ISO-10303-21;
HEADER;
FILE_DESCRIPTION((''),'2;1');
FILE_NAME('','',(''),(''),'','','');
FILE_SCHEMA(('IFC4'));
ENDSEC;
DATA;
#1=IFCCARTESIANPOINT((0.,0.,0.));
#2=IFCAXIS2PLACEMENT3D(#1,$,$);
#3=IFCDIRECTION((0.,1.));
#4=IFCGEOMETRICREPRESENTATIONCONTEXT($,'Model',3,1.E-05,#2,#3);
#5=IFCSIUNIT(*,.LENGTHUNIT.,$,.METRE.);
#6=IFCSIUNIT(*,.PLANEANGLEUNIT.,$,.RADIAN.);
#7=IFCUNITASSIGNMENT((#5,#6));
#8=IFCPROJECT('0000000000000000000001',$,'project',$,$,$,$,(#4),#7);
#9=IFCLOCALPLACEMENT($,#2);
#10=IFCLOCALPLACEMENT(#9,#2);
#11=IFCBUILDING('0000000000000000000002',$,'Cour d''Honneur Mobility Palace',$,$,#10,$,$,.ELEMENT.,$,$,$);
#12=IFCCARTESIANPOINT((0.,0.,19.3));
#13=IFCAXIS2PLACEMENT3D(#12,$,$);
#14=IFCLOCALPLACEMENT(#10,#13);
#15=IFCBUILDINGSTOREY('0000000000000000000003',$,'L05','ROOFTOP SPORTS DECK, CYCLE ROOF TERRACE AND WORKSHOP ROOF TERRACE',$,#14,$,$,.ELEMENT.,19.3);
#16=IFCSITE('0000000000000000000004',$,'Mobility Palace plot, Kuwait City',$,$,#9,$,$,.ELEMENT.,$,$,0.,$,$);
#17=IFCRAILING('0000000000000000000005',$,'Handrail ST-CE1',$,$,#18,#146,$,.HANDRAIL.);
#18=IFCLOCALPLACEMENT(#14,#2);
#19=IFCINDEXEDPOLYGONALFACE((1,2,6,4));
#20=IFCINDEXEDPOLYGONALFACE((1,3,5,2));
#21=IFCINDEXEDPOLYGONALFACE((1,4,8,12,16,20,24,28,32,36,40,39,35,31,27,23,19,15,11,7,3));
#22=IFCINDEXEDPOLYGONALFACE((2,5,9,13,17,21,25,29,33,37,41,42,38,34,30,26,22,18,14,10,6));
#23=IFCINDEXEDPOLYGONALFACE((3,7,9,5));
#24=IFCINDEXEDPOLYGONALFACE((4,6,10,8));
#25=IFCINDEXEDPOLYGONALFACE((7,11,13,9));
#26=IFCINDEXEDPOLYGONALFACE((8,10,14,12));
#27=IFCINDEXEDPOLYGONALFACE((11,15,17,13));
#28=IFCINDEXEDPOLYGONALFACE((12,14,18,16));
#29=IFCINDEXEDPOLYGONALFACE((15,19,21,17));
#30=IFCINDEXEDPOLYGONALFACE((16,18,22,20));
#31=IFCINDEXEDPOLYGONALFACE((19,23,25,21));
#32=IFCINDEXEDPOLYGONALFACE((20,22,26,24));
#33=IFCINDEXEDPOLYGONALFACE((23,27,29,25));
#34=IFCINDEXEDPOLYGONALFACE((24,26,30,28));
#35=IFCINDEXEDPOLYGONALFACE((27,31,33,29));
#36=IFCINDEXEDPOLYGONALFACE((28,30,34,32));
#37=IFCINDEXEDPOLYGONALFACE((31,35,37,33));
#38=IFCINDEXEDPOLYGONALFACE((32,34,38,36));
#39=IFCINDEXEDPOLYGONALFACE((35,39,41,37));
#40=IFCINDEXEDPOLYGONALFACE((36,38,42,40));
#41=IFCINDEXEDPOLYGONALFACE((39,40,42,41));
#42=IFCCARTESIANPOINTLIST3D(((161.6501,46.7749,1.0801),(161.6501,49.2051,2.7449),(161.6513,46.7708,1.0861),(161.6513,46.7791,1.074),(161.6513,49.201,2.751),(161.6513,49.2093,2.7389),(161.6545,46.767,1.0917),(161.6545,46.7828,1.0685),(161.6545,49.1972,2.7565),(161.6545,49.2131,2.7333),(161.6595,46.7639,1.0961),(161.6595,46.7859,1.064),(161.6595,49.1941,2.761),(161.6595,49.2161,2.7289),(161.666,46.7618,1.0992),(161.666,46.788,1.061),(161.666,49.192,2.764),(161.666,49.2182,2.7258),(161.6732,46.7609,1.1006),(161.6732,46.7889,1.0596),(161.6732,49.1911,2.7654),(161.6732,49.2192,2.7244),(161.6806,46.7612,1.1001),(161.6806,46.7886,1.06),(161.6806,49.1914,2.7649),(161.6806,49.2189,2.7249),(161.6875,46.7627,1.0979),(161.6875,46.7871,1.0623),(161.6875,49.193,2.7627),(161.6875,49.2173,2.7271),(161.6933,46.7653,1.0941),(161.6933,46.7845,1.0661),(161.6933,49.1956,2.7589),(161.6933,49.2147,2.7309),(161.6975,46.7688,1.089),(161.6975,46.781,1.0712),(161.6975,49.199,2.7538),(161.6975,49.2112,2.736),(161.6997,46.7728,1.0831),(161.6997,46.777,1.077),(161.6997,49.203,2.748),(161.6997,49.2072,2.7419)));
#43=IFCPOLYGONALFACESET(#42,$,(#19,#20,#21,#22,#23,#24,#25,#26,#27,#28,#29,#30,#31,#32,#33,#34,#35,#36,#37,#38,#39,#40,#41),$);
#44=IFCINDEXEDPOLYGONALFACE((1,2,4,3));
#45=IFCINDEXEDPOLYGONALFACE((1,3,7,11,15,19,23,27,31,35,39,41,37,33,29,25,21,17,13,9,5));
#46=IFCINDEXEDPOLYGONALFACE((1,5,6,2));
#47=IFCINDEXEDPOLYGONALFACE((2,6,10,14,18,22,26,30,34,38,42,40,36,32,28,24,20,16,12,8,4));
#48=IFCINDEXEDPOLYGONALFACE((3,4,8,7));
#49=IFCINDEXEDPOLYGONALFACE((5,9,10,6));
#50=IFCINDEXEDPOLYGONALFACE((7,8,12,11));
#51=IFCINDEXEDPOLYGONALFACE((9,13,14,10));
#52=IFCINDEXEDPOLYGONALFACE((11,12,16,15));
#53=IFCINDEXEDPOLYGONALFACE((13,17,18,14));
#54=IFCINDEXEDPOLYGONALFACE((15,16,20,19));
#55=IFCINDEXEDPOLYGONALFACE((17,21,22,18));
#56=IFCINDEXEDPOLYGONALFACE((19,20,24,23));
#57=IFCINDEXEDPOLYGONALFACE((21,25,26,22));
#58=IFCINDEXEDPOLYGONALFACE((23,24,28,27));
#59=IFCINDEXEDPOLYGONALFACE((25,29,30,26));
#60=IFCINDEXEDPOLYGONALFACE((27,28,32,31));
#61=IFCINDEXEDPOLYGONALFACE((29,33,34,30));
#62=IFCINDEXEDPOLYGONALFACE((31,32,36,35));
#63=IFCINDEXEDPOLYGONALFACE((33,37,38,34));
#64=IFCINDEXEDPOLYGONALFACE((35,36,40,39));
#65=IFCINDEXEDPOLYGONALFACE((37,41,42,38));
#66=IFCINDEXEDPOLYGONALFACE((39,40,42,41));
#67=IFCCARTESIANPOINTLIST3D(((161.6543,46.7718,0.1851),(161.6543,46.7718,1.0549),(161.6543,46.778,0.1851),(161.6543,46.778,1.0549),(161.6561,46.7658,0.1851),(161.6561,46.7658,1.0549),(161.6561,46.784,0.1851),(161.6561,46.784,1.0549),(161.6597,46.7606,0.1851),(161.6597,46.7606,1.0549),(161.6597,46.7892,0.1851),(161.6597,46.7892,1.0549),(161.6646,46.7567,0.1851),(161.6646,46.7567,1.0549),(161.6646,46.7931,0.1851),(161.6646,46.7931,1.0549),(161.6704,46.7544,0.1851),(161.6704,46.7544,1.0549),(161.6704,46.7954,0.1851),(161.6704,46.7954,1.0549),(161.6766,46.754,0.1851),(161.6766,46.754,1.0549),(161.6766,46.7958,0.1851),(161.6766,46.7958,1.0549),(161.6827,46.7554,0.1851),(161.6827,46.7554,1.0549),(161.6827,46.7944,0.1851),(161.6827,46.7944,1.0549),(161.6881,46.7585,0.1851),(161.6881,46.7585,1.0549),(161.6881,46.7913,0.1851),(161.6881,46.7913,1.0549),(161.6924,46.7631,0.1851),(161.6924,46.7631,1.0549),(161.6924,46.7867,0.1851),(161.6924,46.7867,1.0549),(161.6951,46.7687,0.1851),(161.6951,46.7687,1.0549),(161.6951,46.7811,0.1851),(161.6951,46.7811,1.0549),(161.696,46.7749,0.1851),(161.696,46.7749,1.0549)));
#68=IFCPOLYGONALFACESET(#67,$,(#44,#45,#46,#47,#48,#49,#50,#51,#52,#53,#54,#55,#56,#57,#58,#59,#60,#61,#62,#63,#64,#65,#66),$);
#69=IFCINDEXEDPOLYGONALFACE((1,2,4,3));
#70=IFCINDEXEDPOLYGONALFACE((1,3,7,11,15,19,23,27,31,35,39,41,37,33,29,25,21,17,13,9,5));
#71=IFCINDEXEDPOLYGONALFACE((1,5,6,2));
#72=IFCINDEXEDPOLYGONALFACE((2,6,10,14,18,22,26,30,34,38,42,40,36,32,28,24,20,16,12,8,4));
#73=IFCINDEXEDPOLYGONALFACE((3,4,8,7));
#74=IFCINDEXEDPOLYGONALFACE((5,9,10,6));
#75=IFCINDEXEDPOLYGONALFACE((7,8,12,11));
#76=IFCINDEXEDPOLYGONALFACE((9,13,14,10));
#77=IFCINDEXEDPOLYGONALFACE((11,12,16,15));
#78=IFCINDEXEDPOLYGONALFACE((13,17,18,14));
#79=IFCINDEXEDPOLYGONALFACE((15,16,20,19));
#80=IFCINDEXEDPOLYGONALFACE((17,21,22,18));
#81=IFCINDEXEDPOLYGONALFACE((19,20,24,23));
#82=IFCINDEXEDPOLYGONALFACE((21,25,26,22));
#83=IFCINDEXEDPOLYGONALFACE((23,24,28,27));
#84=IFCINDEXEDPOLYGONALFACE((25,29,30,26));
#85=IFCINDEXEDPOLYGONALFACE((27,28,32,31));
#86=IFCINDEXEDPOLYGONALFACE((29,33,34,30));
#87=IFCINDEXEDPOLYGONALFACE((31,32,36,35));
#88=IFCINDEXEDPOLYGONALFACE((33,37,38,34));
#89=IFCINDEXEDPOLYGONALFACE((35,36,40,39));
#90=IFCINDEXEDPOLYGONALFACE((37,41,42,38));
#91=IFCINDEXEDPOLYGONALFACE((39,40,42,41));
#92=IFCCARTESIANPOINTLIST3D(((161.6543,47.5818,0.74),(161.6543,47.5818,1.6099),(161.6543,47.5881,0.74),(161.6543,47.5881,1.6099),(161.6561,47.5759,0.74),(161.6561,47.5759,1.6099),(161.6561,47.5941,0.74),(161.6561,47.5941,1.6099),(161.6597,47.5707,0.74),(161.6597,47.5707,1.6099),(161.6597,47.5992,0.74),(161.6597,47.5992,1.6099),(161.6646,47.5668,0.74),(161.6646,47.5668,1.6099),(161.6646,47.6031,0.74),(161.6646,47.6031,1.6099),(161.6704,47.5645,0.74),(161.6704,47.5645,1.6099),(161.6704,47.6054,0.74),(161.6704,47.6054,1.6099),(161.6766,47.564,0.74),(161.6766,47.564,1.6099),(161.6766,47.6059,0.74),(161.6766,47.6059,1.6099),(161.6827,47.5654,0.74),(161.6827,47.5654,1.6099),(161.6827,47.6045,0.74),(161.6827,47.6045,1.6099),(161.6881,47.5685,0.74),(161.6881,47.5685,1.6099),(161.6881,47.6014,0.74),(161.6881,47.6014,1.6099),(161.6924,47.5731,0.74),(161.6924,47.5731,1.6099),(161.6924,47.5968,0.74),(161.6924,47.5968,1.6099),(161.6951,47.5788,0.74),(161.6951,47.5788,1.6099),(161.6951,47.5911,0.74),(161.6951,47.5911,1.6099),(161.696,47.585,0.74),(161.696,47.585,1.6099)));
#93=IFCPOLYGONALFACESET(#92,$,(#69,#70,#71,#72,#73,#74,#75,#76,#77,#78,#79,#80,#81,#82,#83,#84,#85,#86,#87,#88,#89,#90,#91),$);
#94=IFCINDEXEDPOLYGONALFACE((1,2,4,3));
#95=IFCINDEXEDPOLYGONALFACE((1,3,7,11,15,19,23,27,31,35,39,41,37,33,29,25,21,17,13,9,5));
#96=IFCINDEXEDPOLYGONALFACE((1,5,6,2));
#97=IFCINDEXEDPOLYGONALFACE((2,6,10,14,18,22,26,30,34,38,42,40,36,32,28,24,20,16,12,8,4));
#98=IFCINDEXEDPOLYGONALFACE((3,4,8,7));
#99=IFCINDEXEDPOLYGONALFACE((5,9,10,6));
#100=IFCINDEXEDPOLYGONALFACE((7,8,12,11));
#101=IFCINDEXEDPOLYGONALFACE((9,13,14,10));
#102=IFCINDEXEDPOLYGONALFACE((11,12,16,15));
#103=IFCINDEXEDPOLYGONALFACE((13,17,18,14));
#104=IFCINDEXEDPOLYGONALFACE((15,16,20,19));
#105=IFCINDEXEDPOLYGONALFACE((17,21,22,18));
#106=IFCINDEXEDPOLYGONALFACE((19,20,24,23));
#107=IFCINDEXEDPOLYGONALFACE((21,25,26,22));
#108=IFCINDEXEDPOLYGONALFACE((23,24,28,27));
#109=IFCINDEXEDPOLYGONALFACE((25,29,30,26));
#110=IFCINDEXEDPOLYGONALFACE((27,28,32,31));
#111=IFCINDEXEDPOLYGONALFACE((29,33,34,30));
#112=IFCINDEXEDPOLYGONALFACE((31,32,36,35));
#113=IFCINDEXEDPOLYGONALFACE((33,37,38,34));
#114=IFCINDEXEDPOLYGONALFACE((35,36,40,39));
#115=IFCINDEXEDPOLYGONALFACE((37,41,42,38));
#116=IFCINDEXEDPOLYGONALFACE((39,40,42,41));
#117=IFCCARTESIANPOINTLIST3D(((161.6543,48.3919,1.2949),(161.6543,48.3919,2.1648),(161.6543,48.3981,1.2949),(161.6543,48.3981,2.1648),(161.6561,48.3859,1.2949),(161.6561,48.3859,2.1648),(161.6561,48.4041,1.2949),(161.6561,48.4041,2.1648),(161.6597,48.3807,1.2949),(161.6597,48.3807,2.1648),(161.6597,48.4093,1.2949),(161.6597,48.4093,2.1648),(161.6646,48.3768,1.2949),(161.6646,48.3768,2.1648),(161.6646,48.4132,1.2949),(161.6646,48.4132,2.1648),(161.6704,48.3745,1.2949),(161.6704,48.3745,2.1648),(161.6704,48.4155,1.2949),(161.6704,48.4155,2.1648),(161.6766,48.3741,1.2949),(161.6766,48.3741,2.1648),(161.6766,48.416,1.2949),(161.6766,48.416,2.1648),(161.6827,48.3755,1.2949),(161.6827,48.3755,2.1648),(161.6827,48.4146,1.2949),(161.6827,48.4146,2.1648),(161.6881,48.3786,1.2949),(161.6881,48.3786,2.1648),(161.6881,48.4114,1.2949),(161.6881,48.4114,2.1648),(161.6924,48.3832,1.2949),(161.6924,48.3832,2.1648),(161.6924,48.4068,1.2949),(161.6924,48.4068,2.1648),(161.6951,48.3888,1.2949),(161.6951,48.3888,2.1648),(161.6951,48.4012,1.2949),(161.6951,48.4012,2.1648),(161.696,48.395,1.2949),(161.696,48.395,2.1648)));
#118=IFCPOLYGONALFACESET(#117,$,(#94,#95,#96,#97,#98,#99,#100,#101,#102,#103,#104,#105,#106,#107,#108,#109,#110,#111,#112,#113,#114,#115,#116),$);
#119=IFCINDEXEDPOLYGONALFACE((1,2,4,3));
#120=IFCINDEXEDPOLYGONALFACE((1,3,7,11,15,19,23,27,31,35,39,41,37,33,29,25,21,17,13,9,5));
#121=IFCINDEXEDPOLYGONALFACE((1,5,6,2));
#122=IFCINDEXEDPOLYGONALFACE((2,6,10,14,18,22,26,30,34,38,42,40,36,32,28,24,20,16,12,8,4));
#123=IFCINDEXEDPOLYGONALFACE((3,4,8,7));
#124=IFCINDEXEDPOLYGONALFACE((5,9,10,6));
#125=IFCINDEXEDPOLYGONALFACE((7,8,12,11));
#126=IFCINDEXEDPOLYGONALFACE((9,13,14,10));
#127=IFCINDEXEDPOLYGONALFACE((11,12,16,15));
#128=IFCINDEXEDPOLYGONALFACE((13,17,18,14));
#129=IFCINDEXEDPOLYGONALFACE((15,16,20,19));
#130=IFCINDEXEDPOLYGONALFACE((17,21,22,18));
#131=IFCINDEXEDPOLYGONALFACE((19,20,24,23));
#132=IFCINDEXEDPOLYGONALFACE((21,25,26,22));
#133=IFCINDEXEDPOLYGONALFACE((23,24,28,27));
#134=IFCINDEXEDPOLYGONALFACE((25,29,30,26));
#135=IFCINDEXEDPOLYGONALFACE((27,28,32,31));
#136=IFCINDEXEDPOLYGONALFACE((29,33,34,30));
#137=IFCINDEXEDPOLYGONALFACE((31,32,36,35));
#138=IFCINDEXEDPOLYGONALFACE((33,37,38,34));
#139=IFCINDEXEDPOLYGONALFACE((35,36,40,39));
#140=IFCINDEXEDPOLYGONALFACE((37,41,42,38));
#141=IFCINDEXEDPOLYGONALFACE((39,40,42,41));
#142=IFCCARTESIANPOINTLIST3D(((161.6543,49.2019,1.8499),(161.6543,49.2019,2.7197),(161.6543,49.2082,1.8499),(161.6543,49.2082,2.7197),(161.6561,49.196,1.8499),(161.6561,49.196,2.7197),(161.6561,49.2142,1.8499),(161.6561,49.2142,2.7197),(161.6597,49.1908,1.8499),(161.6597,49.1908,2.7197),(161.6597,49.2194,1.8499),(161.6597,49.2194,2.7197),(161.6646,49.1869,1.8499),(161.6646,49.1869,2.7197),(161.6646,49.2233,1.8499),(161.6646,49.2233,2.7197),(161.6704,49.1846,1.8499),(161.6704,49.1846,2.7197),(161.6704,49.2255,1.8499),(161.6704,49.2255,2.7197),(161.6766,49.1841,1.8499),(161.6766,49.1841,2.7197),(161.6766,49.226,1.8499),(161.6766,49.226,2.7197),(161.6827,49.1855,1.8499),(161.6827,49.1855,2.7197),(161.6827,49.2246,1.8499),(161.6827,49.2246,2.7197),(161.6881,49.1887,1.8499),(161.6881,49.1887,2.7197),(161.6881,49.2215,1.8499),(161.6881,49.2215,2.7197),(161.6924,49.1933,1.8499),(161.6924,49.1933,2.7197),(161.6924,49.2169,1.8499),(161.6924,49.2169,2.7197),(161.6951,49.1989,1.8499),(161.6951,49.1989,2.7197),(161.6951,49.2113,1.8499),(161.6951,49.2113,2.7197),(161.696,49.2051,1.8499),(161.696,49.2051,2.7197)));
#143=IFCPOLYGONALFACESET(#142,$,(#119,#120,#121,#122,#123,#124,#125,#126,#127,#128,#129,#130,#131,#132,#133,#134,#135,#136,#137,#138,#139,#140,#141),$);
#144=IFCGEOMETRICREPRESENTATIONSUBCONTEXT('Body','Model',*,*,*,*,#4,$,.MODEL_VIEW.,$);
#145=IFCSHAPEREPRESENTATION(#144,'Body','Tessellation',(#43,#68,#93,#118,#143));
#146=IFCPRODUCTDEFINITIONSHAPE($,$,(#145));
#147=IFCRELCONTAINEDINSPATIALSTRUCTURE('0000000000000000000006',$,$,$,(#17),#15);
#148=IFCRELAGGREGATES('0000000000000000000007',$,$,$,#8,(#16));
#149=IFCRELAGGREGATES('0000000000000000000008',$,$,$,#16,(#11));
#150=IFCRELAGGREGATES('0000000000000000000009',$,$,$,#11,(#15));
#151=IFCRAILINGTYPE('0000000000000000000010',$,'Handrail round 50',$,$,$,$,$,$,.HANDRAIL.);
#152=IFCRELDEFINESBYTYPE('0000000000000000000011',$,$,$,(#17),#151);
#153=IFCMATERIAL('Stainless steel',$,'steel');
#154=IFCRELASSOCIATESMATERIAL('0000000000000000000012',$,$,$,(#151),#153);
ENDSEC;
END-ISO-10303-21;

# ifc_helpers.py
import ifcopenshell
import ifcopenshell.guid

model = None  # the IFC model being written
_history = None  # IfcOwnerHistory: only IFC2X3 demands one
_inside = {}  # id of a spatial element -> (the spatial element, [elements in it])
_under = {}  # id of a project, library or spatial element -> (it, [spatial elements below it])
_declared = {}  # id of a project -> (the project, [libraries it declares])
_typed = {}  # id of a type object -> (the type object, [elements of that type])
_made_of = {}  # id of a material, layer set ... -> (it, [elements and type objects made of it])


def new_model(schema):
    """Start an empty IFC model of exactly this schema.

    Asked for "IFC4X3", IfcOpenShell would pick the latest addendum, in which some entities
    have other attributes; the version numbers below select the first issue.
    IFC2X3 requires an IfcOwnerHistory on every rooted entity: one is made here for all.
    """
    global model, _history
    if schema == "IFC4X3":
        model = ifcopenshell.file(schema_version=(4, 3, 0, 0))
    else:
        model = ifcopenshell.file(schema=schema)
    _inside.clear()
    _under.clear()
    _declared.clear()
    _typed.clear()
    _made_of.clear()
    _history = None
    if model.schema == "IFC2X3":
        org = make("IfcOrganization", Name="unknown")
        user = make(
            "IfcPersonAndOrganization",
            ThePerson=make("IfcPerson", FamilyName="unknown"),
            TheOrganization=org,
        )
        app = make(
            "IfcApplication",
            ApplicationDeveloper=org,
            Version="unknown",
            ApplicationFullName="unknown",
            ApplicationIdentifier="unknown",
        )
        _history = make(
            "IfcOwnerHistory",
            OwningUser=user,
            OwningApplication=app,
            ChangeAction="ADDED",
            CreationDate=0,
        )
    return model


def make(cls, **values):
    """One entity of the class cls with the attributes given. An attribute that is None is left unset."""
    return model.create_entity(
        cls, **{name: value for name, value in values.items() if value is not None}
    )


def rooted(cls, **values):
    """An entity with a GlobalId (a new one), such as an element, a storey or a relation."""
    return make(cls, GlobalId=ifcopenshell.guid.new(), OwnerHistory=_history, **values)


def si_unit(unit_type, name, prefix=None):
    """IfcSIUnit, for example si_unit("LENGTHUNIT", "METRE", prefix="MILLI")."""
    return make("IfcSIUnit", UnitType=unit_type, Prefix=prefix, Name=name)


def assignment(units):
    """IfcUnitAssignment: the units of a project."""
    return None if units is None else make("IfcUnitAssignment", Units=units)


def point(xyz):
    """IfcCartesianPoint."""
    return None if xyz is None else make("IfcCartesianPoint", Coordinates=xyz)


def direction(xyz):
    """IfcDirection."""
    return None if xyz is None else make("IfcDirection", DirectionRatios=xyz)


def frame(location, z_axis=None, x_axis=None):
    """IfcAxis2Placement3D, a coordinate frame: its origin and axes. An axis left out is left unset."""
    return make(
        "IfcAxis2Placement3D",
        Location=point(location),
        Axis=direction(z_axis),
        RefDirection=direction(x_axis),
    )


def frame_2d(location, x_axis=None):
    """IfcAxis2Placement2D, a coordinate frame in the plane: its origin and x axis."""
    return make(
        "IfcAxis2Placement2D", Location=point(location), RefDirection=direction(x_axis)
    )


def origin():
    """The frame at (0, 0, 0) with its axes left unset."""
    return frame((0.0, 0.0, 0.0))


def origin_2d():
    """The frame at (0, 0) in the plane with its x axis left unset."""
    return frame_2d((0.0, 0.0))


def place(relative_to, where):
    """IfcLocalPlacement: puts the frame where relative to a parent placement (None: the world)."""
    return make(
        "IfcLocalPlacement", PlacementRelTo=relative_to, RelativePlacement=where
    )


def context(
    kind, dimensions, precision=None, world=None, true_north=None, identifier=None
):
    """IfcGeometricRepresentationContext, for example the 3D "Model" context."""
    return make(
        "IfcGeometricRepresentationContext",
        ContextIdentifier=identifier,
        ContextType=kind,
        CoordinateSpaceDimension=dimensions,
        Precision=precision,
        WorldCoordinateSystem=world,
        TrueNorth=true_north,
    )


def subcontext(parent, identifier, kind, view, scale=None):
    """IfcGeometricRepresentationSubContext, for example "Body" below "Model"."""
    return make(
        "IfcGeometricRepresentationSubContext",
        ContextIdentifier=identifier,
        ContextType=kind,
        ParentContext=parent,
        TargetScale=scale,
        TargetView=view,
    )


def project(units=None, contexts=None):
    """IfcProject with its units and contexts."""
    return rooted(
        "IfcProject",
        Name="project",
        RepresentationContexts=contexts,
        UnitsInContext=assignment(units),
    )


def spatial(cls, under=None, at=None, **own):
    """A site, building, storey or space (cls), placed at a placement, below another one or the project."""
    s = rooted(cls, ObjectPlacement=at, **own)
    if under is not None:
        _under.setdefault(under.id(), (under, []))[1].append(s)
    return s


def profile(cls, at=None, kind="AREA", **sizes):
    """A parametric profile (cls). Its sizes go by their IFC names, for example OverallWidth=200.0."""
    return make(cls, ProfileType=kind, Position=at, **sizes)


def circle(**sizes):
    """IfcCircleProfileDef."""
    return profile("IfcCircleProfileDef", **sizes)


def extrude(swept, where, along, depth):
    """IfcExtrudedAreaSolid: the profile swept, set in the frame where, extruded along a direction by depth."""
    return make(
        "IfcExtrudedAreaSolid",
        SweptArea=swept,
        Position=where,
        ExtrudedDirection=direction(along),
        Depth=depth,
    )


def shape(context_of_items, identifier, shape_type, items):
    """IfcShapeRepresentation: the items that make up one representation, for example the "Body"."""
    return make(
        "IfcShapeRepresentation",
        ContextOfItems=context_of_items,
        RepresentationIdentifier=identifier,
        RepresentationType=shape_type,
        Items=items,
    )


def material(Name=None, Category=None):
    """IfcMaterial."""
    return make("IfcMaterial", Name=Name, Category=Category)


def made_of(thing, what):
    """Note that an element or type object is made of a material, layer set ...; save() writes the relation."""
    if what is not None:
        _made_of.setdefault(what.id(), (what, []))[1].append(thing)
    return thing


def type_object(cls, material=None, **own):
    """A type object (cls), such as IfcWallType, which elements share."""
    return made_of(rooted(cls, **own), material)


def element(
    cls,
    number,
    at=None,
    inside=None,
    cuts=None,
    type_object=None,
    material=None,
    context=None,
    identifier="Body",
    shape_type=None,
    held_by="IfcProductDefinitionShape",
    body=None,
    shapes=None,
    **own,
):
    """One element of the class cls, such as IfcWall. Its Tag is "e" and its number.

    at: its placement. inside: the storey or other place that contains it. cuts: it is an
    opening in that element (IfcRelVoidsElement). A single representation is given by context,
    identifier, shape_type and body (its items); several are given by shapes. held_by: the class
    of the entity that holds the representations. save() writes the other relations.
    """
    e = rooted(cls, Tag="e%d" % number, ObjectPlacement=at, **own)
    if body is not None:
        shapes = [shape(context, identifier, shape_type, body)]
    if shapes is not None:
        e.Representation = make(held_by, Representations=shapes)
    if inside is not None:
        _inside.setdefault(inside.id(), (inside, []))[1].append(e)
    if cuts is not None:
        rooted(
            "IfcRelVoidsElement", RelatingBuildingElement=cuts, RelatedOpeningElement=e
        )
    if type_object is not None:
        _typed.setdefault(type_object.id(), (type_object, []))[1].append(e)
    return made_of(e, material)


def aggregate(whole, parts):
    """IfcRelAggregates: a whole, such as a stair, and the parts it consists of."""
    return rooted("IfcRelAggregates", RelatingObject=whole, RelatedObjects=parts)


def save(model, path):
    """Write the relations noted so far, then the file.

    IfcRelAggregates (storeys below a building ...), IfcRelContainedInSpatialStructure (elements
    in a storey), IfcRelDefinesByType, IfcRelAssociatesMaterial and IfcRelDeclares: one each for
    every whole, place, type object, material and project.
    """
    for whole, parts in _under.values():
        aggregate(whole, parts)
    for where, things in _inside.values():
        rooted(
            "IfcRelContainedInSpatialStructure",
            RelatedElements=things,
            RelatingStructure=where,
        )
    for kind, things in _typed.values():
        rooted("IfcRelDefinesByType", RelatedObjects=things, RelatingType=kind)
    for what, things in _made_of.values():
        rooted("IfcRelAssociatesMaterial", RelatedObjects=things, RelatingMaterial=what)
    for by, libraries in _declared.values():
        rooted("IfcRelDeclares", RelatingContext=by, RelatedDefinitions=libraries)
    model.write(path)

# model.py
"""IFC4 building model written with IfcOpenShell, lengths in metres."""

from ifc_helpers import new_model, si_unit, direction, frame, origin, origin_2d, place, context, subcontext, project, spatial, circle, extrude, material, type_object, element, save


model = new_model("IFC4")

# Units and contexts
model_context = context("Model", 3, precision=1e-05, world=origin(), true_north=direction((0.0, 1.0)))
body_context = subcontext(model_context, "Body", "Model", "MODEL_VIEW")
ifc_project = project(units=[si_unit("LENGTHUNIT", "METRE"), si_unit("PLANEANGLEUNIT", "RADIAN")], contexts=[model_context])

# Site, building, storey
site_placement = place(None, origin())
site = spatial("IfcSite", under=ifc_project, at=site_placement, Name="Mobility Palace plot, Kuwait City", CompositionType="ELEMENT", RefElevation=0.0)
building_placement = place(site_placement, origin())
building = spatial("IfcBuilding", under=site, at=building_placement, Name="Cour d'Honneur Mobility Palace", CompositionType="ELEMENT")
storey_placement = place(building_placement, frame((0.0, 0.0, 19.3)))
storey = spatial("IfcBuildingStorey", under=building, at=storey_placement, Name="L05", Description="ROOFTOP SPORTS DECK, CYCLE ROOF TERRACE AND WORKSHOP ROOF TERRACE", CompositionType="ELEMENT", Elevation=19.3)

# Railing
ifc_material_1 = material(Name="Stainless steel", Category="steel")
railing_type_1 = type_object("IfcRailingType", Name="Handrail round 50", PredefinedType="HANDRAIL", material=ifc_material_1)
for number, where, name in (
    (1, (161.675, 46.7749, 0.1851), "Handrail ST-CE1"),
):
    element("IfcRailing", number, at=place(storey_placement, frame(where)), inside=storey, type_object=railing_type_1, Name=name, PredefinedType="HANDRAIL", context=body_context, shape_type="SweptSolid", body=[
        extrude(circle(Radius=0.0249, at=origin_2d()), frame((0.0, 0.0, 0.895), z_axis=(0.0, 0.824984, 0.565156), x_axis=(-1.0, 0.0, 0.0)), (0.0, 0.0, 1.0), 2.9458),
        extrude(circle(Radius=0.021, at=origin_2d()), origin(), (0.0, 0.0, 1.0), 0.8699),
        extrude(circle(Radius=0.021, at=origin_2d()), frame((0.0, 0.8101, 0.5549)), (0.0, 0.0, 1.0), 0.8699),
        extrude(circle(Radius=0.021, at=origin_2d()), frame((0.0, 1.6201, 1.1099)), (0.0, 0.0, 1.0), 0.8699),
        extrude(circle(Radius=0.021, at=origin_2d()), frame((0.0, 2.4302, 1.6648)), (0.0, 0.0, 1.0), 0.8699),
    ])

save(model, "model.ifc")
